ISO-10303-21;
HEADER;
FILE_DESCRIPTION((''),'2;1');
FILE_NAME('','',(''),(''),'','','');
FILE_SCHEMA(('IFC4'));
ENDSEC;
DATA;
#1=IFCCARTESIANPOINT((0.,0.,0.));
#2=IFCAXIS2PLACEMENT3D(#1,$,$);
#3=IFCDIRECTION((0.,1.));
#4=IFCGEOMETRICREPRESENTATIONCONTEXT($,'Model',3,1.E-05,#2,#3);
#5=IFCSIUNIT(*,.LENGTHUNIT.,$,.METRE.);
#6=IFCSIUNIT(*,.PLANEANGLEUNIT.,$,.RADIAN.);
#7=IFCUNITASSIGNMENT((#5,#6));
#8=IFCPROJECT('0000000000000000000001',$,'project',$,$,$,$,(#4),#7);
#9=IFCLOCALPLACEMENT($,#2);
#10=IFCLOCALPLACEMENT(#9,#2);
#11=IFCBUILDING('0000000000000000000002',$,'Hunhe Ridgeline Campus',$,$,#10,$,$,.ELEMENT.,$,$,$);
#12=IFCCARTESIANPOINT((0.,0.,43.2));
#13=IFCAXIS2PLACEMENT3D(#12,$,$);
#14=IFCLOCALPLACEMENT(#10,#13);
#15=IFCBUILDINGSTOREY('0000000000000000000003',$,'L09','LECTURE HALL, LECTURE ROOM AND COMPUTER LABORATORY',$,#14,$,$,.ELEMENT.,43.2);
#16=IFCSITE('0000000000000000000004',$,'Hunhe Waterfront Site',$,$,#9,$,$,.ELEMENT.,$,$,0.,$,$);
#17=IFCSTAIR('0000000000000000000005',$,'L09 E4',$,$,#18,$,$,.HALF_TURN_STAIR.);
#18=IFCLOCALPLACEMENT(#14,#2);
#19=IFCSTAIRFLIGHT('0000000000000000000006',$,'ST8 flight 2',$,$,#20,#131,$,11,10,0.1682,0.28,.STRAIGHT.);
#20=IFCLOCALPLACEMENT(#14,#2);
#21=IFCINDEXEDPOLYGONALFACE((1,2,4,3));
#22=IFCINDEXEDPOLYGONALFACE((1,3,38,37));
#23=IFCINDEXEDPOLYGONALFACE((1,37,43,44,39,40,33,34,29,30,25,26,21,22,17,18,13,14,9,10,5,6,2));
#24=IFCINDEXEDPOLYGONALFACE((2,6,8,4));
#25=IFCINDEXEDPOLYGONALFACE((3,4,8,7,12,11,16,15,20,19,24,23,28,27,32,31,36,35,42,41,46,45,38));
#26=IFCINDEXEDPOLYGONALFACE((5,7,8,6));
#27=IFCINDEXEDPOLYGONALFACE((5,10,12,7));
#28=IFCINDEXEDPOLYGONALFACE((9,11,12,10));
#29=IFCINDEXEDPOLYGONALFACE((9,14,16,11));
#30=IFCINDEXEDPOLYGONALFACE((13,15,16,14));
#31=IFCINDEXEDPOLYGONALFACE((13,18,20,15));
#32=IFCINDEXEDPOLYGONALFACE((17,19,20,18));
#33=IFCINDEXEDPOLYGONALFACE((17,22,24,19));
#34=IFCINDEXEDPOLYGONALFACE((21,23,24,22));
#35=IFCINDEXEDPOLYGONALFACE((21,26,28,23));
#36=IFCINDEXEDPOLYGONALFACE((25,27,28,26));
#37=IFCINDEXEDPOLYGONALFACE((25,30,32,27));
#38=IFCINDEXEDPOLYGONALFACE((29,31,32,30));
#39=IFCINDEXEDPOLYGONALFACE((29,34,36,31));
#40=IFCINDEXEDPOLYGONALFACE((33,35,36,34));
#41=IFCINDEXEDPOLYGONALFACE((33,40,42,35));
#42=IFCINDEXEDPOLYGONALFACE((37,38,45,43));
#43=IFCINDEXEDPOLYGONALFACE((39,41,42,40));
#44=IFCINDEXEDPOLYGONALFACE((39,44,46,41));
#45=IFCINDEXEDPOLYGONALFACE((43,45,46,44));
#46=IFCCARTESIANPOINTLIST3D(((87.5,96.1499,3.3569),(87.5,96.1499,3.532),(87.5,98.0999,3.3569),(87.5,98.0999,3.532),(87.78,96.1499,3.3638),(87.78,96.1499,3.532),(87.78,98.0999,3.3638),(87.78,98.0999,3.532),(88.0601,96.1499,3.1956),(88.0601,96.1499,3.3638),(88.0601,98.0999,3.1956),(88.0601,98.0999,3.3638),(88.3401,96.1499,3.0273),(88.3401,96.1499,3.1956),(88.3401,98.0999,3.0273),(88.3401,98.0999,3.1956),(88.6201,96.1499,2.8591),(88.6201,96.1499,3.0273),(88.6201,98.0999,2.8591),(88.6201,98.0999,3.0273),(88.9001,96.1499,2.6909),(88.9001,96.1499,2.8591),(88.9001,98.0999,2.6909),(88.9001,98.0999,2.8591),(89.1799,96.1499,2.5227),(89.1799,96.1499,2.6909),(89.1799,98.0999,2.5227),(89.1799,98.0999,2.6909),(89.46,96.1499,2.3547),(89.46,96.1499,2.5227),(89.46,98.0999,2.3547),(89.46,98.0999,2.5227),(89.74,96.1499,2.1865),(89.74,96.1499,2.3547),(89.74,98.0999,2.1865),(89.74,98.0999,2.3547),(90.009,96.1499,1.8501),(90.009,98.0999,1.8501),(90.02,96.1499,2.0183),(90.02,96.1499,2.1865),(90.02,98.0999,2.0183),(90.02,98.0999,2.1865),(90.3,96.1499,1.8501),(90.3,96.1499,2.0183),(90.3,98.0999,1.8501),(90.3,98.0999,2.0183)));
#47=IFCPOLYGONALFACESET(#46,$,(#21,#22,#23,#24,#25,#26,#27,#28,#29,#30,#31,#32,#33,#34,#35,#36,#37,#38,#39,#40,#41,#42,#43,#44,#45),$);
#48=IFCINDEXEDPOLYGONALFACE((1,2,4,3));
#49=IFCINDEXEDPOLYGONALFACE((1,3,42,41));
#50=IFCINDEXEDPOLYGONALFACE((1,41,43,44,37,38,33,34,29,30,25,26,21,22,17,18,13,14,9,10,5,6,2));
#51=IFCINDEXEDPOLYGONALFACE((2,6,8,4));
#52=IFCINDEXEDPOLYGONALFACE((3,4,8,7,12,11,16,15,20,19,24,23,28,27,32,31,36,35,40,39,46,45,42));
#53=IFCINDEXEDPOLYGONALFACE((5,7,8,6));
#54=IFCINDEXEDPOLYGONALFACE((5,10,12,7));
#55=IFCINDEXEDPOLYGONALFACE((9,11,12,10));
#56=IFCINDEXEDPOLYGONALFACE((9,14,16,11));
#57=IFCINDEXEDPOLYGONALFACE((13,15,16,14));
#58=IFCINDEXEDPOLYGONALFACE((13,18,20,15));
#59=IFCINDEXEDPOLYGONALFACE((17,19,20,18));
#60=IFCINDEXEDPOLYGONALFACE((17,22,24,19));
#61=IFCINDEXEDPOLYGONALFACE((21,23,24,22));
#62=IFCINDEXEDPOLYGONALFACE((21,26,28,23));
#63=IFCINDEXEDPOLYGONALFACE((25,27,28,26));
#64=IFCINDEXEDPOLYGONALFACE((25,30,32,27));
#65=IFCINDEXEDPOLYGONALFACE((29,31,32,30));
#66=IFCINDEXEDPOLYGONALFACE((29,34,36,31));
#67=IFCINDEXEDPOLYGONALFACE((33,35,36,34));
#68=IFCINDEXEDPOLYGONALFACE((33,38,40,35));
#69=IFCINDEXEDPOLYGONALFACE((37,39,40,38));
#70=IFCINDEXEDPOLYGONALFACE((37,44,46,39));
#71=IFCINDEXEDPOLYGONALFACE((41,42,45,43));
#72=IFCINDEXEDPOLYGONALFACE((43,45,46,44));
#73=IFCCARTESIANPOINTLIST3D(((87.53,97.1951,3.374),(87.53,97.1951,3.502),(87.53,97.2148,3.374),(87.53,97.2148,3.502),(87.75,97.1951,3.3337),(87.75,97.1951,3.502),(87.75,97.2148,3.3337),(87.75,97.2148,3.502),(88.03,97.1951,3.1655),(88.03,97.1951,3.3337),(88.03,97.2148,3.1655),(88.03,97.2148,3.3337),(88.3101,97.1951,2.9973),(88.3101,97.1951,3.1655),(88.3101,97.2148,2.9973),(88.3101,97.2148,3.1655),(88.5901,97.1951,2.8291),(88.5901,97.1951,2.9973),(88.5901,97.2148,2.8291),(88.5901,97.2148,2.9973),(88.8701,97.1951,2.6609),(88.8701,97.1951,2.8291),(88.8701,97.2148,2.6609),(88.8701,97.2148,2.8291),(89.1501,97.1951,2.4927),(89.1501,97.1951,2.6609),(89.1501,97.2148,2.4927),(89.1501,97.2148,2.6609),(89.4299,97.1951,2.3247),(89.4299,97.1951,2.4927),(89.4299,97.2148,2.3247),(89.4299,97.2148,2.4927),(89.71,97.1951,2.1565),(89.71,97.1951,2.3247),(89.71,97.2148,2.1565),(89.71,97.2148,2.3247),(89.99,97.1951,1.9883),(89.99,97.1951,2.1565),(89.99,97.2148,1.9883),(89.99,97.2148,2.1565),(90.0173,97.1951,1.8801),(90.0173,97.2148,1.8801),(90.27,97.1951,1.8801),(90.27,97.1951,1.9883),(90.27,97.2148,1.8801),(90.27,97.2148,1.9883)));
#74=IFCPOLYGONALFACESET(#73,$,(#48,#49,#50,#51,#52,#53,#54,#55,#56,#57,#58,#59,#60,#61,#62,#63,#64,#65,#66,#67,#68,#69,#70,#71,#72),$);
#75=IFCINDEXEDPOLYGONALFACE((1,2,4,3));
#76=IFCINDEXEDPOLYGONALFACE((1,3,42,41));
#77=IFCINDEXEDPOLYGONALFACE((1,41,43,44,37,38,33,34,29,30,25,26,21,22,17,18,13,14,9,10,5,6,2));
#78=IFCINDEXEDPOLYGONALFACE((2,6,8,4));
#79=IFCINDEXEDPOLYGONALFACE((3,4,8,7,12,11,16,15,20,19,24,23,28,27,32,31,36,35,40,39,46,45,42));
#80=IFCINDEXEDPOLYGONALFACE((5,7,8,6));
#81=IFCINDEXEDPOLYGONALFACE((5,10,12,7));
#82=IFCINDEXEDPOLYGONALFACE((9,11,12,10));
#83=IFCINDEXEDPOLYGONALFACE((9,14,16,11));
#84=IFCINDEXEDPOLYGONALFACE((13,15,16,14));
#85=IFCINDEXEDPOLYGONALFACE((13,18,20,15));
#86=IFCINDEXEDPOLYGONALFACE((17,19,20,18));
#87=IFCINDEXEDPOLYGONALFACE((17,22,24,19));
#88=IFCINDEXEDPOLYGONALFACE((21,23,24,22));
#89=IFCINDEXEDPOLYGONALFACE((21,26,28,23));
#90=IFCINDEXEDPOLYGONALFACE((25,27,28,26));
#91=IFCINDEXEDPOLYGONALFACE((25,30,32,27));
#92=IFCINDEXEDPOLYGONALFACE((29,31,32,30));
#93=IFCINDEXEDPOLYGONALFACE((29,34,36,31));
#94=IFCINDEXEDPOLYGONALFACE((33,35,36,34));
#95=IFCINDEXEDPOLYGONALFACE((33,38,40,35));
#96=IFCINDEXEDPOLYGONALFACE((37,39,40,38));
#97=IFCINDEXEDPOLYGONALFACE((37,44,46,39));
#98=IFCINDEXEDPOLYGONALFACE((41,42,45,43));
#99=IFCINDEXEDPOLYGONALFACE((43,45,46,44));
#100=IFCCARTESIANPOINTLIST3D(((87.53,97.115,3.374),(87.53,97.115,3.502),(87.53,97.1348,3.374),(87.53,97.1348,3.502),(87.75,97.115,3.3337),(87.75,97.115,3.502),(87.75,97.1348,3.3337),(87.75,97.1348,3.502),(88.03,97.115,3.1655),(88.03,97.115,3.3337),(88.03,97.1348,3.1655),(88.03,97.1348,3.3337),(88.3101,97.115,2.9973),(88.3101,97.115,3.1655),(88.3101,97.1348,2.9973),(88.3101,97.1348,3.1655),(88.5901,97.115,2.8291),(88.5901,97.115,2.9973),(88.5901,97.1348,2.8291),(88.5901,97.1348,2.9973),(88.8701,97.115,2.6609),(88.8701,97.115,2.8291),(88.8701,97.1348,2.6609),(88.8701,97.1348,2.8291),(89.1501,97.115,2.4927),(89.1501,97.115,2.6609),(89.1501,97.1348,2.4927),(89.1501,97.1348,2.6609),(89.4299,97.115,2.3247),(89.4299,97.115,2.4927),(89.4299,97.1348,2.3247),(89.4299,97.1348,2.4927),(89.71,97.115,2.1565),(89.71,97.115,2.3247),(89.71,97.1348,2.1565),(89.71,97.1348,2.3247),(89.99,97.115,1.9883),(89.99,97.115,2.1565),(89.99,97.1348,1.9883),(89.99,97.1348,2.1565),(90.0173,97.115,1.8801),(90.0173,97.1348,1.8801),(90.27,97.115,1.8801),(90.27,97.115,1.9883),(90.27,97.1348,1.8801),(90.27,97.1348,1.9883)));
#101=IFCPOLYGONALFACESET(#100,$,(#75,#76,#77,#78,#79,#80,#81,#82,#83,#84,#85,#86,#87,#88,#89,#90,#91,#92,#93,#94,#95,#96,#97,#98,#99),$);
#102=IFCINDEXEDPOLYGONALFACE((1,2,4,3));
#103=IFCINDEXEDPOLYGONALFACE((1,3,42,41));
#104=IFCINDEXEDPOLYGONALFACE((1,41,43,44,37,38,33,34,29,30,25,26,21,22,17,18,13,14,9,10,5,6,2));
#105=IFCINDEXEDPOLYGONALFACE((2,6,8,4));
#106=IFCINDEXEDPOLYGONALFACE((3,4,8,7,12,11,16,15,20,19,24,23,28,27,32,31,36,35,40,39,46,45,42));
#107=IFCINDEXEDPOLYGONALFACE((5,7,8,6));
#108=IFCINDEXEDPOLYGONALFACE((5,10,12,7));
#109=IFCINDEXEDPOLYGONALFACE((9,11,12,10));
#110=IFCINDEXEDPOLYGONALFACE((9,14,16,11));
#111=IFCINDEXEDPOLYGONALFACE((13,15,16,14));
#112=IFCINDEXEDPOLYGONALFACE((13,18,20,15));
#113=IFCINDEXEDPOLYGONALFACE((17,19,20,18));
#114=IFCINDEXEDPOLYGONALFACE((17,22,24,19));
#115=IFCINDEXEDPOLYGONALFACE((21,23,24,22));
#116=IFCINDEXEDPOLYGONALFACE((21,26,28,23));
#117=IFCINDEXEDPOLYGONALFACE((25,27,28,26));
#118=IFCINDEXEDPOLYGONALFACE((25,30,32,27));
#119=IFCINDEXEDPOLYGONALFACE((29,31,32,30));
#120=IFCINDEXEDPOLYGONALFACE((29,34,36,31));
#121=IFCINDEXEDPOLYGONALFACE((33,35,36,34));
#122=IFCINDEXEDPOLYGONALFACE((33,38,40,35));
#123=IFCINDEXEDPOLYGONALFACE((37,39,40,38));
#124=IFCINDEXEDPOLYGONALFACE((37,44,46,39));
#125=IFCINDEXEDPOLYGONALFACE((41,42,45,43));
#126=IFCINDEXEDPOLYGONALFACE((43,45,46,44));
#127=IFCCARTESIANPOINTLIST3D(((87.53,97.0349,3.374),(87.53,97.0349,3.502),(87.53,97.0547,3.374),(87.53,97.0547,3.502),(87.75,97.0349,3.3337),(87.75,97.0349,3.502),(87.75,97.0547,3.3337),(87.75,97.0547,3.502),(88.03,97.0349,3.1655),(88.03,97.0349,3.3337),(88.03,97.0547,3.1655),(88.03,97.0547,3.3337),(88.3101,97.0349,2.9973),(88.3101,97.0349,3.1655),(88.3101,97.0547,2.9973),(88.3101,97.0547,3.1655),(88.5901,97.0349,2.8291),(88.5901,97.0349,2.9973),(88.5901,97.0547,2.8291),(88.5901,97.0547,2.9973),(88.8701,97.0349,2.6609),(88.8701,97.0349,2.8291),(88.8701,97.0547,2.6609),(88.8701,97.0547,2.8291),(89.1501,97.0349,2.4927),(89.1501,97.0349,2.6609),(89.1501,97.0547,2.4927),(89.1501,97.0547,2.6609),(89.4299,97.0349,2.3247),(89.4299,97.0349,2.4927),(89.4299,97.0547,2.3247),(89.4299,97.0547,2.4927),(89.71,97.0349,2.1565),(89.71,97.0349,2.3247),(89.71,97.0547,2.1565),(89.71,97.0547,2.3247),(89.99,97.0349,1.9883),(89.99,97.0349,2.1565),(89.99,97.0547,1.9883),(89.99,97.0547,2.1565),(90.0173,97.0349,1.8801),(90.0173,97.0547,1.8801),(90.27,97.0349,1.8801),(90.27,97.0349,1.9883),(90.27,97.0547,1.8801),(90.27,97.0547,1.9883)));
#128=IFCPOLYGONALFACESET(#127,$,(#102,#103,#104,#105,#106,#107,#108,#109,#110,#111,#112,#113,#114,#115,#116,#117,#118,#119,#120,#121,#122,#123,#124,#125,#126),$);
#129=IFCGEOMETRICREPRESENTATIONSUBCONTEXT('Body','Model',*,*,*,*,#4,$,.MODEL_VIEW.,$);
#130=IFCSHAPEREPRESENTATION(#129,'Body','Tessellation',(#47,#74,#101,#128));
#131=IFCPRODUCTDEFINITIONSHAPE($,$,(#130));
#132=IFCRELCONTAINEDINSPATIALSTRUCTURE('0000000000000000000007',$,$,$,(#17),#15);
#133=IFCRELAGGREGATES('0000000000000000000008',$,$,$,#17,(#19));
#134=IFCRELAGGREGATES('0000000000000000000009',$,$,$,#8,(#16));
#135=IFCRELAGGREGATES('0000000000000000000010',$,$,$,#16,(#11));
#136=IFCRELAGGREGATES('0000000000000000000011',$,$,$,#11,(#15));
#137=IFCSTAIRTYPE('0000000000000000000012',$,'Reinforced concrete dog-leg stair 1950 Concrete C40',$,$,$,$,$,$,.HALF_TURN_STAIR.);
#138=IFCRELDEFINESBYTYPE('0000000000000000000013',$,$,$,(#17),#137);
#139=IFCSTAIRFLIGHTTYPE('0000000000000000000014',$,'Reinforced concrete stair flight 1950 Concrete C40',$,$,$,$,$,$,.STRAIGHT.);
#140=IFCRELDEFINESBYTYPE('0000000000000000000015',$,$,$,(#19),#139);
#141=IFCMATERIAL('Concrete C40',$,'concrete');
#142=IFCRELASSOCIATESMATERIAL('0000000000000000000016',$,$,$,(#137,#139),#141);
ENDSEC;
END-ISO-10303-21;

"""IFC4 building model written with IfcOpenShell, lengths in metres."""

from ifc_helpers import new_model, si_unit, direction, frame, origin, place, context, subcontext, project, spatial, polyline, outline, extrude, material, type_object, element, aggregate, save


model = new_model("IFC4")

# Units and contexts
model_context = context("Model", 3, precision=1e-05, world=origin(), true_north=direction((0.0, 1.0)))
body_context = subcontext(model_context, "Body", "Model", "MODEL_VIEW")
ifc_project = project(units=[si_unit("LENGTHUNIT", "METRE"), si_unit("PLANEANGLEUNIT", "RADIAN")], contexts=[model_context])

# Site, building, storey
site_placement = place(None, origin())
site = spatial("IfcSite", under=ifc_project, at=site_placement, Name="Hunhe Waterfront Site", CompositionType="ELEMENT", RefElevation=0.0)
building_placement = place(site_placement, origin())
building = spatial("IfcBuilding", under=site, at=building_placement, Name="Hunhe Ridgeline Campus", CompositionType="ELEMENT")
storey_placement = place(building_placement, frame((0.0, 0.0, 43.2)))
storey = spatial("IfcBuildingStorey", under=building, at=storey_placement, Name="L09", Description="LECTURE HALL, LECTURE ROOM AND COMPUTER LABORATORY", CompositionType="ELEMENT", Elevation=43.2)

# Stair, stair flight
ifc_material_1 = material(Name="Concrete C40", Category="concrete")
stair_type = type_object("IfcStairType", Name="Reinforced concrete dog-leg stair 1950 Concrete C40", PredefinedType="HALF_TURN_STAIR", material=ifc_material_1)
stair_placement = place(storey_placement, origin())
stair = element("IfcStair", 1, at=stair_placement, inside=storey, type_object=stair_type, Name="L09 E4", PredefinedType="HALF_TURN_STAIR")
stair_flight_type = type_object("IfcStairFlightType", Name="Reinforced concrete stair flight 1950 Concrete C40", PredefinedType="STRAIGHT", material=ifc_material_1)
stair_flight_1_placement = place(storey_placement, frame((90.3, 97.125, 1.8501), z_axis=(0.0, 0.0, 1.0), x_axis=(-1.0, 0.0, 0.0)))
stair_flight_1 = element("IfcStairFlight", 2, at=stair_flight_1_placement, type_object=stair_flight_type, Name="ST8 flight 2", NumberOfRisers=11, NumberOfTreads=10, PredefinedType="STRAIGHT", RiserHeight=0.1682, TreadLength=0.28, context=body_context, shape_type="SweptSolid", body=[
    extrude(outline(polyline([(0.0, 0.0), (0.0, 0.1682), (0.28, 0.1682), (0.28, 0.3364), (0.5601, 0.3364), (0.5601, 0.5046), (0.8401, 0.5046), (0.8401, 0.6726), (1.1201, 0.6726), (1.1201, 0.8408), (1.3999, 0.8408), (1.3999, 1.009), (1.6799, 1.009), (1.6799, 1.1772), (1.96, 1.1772), (1.96, 1.3455), (2.24, 1.3455), (2.24, 1.5137), (2.52, 1.5137), (2.52, 1.6819), (2.8, 1.6819), (2.8, 1.8501), (2.8, 1.5068), (0.291, 0.0), (0.0, 0.0)])), frame((0.0, 0.9751, 0.0), z_axis=(0.0, -1.0, 0.0), x_axis=(1.0, 0.0, 0.0)), (0.0, 0.0, 1.0), 1.95),
    extrude(outline(polyline([(0.03, 0.03), (0.03, 0.1382), (0.3101, 0.1382), (0.3101, 0.3064), (0.5901, 0.3064), (0.5901, 0.4746), (0.8701, 0.4746), (0.8701, 0.6426), (1.1499, 0.6426), (1.1499, 0.8108), (1.4299, 0.8108), (1.4299, 0.979), (1.71, 0.979), (1.71, 1.1472), (1.99, 1.1472), (1.99, 1.3154), (2.27, 1.3154), (2.27, 1.4836), (2.55, 1.4836), (2.55, 1.6519), (2.77, 1.6519), (2.77, 1.5239), (0.2827, 0.03), (0.03, 0.03)])), frame((0.0, -0.0701, 0.0), z_axis=(0.0, -1.0, 0.0), x_axis=(1.0, 0.0, 0.0)), (0.0, 0.0, 1.0), 0.0198),
    extrude(outline(polyline([(0.03, 0.03), (0.03, 0.1382), (0.3101, 0.1382), (0.3101, 0.3064), (0.5901, 0.3064), (0.5901, 0.4746), (0.8701, 0.4746), (0.8701, 0.6426), (1.1499, 0.6426), (1.1499, 0.8108), (1.4299, 0.8108), (1.4299, 0.979), (1.71, 0.979), (1.71, 1.1472), (1.99, 1.1472), (1.99, 1.3154), (2.27, 1.3154), (2.27, 1.4836), (2.55, 1.4836), (2.55, 1.6519), (2.77, 1.6519), (2.77, 1.5239), (0.2827, 0.03), (0.03, 0.03)])), frame((0.0, 0.01, 0.0), z_axis=(0.0, -1.0, 0.0), x_axis=(1.0, 0.0, 0.0)), (0.0, 0.0, 1.0), 0.0198),
    extrude(outline(polyline([(0.03, 0.03), (0.03, 0.1382), (0.3101, 0.1382), (0.3101, 0.3064), (0.5901, 0.3064), (0.5901, 0.4746), (0.8701, 0.4746), (0.8701, 0.6426), (1.1499, 0.6426), (1.1499, 0.8108), (1.4299, 0.8108), (1.4299, 0.979), (1.71, 0.979), (1.71, 1.1472), (1.99, 1.1472), (1.99, 1.3154), (2.27, 1.3154), (2.27, 1.4836), (2.55, 1.4836), (2.55, 1.6519), (2.77, 1.6519), (2.77, 1.5239), (0.2827, 0.03), (0.03, 0.03)])), frame((0.0, 0.0901, 0.0), z_axis=(0.0, -1.0, 0.0), x_axis=(1.0, 0.0, 0.0)), (0.0, 0.0, 1.0), 0.0198),
])
aggregate(stair, [stair_flight_1])

save(model, "model.ifc")
